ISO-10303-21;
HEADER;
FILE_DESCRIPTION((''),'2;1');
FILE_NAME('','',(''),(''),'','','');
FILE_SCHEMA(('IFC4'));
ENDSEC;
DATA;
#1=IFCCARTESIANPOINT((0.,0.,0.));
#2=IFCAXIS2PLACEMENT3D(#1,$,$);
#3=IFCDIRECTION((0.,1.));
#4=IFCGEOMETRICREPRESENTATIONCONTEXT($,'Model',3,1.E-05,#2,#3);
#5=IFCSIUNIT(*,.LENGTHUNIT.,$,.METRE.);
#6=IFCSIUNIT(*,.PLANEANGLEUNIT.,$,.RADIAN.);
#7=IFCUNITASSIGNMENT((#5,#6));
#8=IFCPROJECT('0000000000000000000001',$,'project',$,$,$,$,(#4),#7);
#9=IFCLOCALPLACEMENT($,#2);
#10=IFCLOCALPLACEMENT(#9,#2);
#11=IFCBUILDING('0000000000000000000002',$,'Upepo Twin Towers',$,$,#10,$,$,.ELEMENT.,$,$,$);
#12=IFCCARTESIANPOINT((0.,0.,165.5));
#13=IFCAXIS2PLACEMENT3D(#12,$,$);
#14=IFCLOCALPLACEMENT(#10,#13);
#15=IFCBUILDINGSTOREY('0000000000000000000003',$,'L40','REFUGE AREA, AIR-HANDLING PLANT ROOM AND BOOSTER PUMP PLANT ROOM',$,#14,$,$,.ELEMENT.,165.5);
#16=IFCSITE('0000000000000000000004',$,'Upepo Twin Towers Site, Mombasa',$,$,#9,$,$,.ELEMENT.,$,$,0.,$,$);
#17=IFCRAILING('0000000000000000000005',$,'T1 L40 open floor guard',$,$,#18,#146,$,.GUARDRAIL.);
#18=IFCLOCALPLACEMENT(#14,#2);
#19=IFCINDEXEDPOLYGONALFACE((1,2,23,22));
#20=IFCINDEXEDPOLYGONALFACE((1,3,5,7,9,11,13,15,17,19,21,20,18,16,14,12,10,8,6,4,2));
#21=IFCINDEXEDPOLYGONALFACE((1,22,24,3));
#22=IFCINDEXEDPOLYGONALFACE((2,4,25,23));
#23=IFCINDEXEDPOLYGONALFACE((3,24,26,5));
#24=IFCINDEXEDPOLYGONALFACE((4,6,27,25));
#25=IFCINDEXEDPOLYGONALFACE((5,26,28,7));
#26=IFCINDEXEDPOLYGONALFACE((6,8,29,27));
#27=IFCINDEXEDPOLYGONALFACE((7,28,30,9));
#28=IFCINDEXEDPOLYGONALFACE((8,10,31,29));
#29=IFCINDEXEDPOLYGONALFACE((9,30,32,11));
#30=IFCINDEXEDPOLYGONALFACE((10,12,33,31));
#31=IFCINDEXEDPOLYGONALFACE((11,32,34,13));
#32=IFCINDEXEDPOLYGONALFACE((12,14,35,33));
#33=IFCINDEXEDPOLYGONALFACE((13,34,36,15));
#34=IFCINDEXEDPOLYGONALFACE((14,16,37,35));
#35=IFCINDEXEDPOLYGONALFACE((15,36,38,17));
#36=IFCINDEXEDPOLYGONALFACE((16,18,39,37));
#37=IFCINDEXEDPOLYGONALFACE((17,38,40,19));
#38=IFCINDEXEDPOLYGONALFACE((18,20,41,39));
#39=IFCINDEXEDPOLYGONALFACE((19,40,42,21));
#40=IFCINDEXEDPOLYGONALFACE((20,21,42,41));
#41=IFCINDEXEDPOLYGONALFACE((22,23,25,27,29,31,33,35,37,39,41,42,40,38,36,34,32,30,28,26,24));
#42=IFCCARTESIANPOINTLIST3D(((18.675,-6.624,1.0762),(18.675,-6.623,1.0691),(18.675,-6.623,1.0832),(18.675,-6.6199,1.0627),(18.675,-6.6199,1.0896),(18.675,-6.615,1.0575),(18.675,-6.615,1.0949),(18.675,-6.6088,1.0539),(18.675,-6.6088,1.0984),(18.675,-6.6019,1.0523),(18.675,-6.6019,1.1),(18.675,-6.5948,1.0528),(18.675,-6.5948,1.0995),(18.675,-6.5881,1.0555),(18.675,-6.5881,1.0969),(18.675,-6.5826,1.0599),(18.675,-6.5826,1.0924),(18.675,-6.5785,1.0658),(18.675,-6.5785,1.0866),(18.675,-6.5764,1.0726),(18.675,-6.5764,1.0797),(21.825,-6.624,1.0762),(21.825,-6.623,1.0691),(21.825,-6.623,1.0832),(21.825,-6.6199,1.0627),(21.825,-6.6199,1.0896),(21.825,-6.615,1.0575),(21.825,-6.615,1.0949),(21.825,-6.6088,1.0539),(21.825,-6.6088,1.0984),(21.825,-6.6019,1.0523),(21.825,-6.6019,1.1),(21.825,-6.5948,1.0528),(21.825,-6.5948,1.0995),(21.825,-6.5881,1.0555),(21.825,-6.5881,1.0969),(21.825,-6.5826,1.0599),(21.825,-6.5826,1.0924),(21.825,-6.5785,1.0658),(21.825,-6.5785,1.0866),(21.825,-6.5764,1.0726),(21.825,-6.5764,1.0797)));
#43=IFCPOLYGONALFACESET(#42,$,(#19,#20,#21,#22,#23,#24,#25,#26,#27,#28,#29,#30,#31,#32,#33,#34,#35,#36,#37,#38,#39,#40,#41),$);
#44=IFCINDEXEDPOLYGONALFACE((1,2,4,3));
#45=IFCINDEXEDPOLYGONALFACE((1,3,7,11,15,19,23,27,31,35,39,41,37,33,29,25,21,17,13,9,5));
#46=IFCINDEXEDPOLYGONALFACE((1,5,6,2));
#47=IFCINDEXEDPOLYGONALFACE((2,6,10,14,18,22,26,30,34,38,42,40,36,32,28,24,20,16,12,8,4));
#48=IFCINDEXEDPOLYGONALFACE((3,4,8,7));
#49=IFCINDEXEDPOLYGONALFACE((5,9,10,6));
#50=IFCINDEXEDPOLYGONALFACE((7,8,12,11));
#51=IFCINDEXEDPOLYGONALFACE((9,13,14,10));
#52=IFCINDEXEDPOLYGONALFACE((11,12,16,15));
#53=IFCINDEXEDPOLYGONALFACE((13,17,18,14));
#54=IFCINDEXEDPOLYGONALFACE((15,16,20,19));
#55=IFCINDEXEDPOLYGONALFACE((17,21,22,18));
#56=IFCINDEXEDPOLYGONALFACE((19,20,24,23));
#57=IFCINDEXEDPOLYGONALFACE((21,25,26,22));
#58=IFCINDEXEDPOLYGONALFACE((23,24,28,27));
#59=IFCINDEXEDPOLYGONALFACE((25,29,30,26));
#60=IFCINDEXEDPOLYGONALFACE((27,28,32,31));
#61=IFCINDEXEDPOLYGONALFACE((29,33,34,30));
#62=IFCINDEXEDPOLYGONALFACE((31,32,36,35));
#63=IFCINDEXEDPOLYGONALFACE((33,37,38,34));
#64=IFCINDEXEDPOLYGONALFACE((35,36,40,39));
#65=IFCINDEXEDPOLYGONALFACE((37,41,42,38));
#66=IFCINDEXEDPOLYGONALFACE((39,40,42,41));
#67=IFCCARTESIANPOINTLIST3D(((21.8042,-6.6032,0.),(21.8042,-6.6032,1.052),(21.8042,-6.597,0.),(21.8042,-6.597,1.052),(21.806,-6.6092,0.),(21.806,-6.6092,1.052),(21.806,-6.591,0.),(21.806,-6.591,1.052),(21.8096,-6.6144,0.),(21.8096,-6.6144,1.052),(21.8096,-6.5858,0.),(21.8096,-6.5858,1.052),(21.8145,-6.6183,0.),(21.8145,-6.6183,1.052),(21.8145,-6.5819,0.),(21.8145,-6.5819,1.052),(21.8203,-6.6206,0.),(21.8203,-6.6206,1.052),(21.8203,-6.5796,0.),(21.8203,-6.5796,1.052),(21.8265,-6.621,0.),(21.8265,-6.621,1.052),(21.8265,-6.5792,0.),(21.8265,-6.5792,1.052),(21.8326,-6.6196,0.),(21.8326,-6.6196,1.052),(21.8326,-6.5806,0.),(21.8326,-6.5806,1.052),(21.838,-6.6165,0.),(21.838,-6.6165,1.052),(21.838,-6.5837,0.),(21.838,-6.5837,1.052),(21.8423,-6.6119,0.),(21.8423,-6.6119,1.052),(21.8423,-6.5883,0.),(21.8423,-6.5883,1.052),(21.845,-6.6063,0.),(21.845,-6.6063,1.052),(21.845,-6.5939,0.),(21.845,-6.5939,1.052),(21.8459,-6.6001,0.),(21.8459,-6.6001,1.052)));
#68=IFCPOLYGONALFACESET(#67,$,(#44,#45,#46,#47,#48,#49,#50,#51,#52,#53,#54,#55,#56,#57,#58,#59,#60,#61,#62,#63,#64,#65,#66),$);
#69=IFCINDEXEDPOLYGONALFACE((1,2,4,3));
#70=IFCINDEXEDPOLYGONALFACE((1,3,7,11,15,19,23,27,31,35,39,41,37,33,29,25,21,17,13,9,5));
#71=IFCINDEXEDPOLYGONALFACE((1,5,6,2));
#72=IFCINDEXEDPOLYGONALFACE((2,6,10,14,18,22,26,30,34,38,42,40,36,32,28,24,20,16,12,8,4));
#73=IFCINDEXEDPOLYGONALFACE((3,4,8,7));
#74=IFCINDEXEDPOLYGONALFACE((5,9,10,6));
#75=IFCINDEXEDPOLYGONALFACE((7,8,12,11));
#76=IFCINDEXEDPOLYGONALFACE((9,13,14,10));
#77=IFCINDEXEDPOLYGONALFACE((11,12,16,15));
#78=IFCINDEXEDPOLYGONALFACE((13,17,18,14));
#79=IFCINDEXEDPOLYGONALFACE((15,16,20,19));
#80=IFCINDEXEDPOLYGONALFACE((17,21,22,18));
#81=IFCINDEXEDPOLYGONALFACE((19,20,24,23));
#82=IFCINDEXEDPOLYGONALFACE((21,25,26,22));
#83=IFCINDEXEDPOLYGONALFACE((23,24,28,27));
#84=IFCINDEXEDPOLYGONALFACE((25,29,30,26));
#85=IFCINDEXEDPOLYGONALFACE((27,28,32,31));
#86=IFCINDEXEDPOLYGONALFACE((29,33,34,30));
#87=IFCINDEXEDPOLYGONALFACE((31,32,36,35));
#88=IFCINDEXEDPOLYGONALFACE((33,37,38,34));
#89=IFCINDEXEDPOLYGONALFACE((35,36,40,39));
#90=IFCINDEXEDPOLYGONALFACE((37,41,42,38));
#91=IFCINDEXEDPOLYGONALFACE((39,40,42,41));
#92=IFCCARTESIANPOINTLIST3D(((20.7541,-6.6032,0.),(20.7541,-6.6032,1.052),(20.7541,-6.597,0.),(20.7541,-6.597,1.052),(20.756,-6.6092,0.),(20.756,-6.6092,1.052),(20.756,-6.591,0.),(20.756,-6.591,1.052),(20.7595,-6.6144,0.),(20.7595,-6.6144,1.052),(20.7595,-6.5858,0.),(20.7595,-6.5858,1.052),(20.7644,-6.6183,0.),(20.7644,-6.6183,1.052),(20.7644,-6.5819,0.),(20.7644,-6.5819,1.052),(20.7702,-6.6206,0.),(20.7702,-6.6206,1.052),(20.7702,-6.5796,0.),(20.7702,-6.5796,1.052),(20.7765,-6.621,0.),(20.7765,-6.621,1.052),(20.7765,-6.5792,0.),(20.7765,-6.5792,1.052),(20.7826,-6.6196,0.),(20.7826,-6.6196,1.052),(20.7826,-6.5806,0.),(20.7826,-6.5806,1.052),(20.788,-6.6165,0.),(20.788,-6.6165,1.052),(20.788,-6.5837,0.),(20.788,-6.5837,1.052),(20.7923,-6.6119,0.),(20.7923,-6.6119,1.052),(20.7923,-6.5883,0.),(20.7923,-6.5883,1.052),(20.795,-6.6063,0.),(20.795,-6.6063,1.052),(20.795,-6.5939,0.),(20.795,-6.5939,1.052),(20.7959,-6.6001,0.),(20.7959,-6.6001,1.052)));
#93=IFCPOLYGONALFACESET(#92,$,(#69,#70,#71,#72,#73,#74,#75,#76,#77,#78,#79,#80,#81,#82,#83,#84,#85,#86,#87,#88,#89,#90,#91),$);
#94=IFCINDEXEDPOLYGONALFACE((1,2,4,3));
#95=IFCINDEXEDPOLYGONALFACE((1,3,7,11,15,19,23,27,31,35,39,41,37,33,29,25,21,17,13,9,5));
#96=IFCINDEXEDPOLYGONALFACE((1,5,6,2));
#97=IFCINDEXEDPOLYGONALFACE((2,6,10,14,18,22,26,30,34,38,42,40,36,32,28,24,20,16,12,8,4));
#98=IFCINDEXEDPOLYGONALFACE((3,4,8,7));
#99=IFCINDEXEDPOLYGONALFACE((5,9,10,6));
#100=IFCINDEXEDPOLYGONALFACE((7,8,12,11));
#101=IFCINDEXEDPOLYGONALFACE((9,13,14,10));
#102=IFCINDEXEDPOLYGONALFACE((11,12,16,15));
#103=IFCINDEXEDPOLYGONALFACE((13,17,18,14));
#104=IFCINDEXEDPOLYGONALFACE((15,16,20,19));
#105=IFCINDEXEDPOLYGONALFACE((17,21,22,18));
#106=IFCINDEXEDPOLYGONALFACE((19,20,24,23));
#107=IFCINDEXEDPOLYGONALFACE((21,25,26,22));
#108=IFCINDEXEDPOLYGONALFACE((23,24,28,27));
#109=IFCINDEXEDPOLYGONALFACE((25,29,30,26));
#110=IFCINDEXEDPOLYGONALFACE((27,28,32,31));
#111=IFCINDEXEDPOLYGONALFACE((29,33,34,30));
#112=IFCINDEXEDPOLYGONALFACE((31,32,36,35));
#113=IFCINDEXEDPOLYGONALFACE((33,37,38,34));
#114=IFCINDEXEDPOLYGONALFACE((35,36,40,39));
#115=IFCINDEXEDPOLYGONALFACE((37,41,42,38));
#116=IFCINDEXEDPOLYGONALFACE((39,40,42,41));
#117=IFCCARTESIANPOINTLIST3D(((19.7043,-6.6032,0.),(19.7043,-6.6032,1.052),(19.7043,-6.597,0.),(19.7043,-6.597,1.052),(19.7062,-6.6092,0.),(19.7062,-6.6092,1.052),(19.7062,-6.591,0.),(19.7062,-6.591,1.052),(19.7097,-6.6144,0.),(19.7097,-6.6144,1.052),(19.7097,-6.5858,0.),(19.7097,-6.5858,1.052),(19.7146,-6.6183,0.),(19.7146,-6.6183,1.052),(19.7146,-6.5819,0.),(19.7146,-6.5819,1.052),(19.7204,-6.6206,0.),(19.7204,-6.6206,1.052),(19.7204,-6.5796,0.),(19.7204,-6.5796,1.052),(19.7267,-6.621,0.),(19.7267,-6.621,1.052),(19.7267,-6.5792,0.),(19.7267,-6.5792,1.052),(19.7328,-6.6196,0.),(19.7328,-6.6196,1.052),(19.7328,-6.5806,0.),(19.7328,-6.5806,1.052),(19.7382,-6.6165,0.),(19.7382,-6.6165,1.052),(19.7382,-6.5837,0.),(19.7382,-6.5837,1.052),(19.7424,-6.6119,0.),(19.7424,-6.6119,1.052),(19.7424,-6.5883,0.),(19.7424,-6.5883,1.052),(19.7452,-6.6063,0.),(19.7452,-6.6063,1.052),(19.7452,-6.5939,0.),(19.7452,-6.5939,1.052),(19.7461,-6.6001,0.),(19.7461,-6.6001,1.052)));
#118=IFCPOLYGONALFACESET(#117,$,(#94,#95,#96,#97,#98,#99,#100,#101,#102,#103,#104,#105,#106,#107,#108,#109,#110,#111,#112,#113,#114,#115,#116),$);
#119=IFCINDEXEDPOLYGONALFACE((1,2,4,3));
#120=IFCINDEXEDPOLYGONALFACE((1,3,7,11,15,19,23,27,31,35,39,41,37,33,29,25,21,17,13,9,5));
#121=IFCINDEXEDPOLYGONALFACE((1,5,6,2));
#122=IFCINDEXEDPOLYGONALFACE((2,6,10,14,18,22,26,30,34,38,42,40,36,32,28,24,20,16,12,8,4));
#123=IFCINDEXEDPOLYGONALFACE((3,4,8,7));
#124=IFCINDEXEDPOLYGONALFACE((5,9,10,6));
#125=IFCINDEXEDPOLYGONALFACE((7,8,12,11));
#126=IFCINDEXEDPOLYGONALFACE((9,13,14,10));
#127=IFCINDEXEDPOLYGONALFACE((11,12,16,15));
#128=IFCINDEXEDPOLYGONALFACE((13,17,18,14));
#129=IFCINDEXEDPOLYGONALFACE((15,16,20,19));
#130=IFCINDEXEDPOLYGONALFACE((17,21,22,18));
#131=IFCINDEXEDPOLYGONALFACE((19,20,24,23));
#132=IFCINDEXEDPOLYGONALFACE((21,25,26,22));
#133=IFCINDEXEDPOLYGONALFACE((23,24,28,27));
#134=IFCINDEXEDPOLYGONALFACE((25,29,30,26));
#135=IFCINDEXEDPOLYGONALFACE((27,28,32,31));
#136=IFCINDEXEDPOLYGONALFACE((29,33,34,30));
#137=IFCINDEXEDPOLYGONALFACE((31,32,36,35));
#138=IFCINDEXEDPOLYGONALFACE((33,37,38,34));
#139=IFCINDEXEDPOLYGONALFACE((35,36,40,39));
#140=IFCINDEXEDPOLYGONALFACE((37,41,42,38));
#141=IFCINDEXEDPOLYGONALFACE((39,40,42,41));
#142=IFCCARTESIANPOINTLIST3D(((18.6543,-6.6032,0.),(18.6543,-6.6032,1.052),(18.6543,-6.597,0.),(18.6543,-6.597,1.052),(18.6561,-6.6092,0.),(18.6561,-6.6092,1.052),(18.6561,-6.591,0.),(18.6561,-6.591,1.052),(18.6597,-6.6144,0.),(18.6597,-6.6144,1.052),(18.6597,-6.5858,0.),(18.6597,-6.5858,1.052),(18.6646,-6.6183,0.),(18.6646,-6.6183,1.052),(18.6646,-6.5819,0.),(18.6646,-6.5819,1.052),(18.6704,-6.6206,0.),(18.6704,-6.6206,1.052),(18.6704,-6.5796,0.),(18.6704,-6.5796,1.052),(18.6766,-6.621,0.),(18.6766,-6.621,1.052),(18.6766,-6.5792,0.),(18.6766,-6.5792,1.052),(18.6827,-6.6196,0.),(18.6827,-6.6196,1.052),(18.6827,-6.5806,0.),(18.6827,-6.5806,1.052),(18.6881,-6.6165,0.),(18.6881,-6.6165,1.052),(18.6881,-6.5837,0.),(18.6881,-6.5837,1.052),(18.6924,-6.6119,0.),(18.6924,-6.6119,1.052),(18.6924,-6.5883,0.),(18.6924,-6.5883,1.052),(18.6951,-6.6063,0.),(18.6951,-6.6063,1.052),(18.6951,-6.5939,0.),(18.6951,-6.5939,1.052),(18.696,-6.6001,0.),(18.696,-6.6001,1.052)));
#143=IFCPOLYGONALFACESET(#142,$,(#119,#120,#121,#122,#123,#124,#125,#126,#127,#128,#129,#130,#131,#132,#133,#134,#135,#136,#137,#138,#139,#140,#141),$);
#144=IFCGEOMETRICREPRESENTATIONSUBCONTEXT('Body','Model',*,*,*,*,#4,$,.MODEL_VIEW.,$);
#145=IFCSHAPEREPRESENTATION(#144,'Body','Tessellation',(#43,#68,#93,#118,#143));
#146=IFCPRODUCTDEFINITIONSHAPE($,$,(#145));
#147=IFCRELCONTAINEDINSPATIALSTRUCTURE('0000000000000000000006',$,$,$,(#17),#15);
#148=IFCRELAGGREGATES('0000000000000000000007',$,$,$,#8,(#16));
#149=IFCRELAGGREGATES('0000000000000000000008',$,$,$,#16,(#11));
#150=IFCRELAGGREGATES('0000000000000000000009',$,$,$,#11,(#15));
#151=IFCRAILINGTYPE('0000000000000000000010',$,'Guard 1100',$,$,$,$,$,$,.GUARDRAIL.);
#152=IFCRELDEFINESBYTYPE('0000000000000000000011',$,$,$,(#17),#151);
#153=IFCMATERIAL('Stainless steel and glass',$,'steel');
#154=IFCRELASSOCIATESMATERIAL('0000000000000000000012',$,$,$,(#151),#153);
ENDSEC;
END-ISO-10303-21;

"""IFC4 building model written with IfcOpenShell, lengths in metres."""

from ifc_helpers import new_model, si_unit, direction, frame, origin, origin_2d, place, context, subcontext, project, spatial, circle, extrude, material, type_object, element, save


model = new_model("IFC4")

# Units and contexts
model_context = context("Model", 3, precision=1e-05, world=origin(), true_north=direction((0.0, 1.0)))
body_context = subcontext(model_context, "Body", "Model", "MODEL_VIEW")
ifc_project = project(units=[si_unit("LENGTHUNIT", "METRE"), si_unit("PLANEANGLEUNIT", "RADIAN")], contexts=[model_context])

# Site, building, storey
site_placement = place(None, origin())
site = spatial("IfcSite", under=ifc_project, at=site_placement, Name="Upepo Twin Towers Site, Mombasa", CompositionType="ELEMENT", RefElevation=0.0)
building_placement = place(site_placement, origin())
building = spatial("IfcBuilding", under=site, at=building_placement, Name="Upepo Twin Towers", CompositionType="ELEMENT")
storey_placement = place(building_placement, frame((0.0, 0.0, 165.5)))
storey = spatial("IfcBuildingStorey", under=building, at=storey_placement, Name="L40", Description="REFUGE AREA, AIR-HANDLING PLANT ROOM AND BOOSTER PUMP PLANT ROOM", CompositionType="ELEMENT", Elevation=165.5)

# Railing
ifc_material_1 = material(Name="Stainless steel and glass", Category="steel")
railing_type_1 = type_object("IfcRailingType", Name="Guard 1100", PredefinedType="GUARDRAIL", material=ifc_material_1)
for number, where, name in (
    (1, (21.825, -6.6001, 0.0), "T1 L40 open floor guard"),
):
    element("IfcRailing", number, at=place(storey_placement, frame(where)), inside=storey, type_object=railing_type_1, Name=name, PredefinedType="GUARDRAIL", context=body_context, shape_type="SweptSolid", body=[
        extrude(circle(Radius=0.0239, at=origin_2d()), frame((0.0, 0.0, 1.0762), z_axis=(-1.0, 0.0, 0.0), x_axis=(0.0, -1.0, 0.0)), (0.0, 0.0, 1.0), 3.1499),
        extrude(circle(Radius=0.021, at=origin_2d()), origin(), (0.0, 0.0, 1.0), 1.052),
        extrude(circle(Radius=0.021, at=origin_2d()), frame((-1.05, 0.0, 0.0)), (0.0, 0.0, 1.0), 1.052),
        extrude(circle(Radius=0.021, at=origin_2d()), frame((-2.0999, 0.0, 0.0)), (0.0, 0.0, 1.0), 1.052),
        extrude(circle(Radius=0.021, at=origin_2d()), frame((-3.1499, 0.0, 0.0)), (0.0, 0.0, 1.0), 1.052),
    ])

save(model, "model.ifc")
